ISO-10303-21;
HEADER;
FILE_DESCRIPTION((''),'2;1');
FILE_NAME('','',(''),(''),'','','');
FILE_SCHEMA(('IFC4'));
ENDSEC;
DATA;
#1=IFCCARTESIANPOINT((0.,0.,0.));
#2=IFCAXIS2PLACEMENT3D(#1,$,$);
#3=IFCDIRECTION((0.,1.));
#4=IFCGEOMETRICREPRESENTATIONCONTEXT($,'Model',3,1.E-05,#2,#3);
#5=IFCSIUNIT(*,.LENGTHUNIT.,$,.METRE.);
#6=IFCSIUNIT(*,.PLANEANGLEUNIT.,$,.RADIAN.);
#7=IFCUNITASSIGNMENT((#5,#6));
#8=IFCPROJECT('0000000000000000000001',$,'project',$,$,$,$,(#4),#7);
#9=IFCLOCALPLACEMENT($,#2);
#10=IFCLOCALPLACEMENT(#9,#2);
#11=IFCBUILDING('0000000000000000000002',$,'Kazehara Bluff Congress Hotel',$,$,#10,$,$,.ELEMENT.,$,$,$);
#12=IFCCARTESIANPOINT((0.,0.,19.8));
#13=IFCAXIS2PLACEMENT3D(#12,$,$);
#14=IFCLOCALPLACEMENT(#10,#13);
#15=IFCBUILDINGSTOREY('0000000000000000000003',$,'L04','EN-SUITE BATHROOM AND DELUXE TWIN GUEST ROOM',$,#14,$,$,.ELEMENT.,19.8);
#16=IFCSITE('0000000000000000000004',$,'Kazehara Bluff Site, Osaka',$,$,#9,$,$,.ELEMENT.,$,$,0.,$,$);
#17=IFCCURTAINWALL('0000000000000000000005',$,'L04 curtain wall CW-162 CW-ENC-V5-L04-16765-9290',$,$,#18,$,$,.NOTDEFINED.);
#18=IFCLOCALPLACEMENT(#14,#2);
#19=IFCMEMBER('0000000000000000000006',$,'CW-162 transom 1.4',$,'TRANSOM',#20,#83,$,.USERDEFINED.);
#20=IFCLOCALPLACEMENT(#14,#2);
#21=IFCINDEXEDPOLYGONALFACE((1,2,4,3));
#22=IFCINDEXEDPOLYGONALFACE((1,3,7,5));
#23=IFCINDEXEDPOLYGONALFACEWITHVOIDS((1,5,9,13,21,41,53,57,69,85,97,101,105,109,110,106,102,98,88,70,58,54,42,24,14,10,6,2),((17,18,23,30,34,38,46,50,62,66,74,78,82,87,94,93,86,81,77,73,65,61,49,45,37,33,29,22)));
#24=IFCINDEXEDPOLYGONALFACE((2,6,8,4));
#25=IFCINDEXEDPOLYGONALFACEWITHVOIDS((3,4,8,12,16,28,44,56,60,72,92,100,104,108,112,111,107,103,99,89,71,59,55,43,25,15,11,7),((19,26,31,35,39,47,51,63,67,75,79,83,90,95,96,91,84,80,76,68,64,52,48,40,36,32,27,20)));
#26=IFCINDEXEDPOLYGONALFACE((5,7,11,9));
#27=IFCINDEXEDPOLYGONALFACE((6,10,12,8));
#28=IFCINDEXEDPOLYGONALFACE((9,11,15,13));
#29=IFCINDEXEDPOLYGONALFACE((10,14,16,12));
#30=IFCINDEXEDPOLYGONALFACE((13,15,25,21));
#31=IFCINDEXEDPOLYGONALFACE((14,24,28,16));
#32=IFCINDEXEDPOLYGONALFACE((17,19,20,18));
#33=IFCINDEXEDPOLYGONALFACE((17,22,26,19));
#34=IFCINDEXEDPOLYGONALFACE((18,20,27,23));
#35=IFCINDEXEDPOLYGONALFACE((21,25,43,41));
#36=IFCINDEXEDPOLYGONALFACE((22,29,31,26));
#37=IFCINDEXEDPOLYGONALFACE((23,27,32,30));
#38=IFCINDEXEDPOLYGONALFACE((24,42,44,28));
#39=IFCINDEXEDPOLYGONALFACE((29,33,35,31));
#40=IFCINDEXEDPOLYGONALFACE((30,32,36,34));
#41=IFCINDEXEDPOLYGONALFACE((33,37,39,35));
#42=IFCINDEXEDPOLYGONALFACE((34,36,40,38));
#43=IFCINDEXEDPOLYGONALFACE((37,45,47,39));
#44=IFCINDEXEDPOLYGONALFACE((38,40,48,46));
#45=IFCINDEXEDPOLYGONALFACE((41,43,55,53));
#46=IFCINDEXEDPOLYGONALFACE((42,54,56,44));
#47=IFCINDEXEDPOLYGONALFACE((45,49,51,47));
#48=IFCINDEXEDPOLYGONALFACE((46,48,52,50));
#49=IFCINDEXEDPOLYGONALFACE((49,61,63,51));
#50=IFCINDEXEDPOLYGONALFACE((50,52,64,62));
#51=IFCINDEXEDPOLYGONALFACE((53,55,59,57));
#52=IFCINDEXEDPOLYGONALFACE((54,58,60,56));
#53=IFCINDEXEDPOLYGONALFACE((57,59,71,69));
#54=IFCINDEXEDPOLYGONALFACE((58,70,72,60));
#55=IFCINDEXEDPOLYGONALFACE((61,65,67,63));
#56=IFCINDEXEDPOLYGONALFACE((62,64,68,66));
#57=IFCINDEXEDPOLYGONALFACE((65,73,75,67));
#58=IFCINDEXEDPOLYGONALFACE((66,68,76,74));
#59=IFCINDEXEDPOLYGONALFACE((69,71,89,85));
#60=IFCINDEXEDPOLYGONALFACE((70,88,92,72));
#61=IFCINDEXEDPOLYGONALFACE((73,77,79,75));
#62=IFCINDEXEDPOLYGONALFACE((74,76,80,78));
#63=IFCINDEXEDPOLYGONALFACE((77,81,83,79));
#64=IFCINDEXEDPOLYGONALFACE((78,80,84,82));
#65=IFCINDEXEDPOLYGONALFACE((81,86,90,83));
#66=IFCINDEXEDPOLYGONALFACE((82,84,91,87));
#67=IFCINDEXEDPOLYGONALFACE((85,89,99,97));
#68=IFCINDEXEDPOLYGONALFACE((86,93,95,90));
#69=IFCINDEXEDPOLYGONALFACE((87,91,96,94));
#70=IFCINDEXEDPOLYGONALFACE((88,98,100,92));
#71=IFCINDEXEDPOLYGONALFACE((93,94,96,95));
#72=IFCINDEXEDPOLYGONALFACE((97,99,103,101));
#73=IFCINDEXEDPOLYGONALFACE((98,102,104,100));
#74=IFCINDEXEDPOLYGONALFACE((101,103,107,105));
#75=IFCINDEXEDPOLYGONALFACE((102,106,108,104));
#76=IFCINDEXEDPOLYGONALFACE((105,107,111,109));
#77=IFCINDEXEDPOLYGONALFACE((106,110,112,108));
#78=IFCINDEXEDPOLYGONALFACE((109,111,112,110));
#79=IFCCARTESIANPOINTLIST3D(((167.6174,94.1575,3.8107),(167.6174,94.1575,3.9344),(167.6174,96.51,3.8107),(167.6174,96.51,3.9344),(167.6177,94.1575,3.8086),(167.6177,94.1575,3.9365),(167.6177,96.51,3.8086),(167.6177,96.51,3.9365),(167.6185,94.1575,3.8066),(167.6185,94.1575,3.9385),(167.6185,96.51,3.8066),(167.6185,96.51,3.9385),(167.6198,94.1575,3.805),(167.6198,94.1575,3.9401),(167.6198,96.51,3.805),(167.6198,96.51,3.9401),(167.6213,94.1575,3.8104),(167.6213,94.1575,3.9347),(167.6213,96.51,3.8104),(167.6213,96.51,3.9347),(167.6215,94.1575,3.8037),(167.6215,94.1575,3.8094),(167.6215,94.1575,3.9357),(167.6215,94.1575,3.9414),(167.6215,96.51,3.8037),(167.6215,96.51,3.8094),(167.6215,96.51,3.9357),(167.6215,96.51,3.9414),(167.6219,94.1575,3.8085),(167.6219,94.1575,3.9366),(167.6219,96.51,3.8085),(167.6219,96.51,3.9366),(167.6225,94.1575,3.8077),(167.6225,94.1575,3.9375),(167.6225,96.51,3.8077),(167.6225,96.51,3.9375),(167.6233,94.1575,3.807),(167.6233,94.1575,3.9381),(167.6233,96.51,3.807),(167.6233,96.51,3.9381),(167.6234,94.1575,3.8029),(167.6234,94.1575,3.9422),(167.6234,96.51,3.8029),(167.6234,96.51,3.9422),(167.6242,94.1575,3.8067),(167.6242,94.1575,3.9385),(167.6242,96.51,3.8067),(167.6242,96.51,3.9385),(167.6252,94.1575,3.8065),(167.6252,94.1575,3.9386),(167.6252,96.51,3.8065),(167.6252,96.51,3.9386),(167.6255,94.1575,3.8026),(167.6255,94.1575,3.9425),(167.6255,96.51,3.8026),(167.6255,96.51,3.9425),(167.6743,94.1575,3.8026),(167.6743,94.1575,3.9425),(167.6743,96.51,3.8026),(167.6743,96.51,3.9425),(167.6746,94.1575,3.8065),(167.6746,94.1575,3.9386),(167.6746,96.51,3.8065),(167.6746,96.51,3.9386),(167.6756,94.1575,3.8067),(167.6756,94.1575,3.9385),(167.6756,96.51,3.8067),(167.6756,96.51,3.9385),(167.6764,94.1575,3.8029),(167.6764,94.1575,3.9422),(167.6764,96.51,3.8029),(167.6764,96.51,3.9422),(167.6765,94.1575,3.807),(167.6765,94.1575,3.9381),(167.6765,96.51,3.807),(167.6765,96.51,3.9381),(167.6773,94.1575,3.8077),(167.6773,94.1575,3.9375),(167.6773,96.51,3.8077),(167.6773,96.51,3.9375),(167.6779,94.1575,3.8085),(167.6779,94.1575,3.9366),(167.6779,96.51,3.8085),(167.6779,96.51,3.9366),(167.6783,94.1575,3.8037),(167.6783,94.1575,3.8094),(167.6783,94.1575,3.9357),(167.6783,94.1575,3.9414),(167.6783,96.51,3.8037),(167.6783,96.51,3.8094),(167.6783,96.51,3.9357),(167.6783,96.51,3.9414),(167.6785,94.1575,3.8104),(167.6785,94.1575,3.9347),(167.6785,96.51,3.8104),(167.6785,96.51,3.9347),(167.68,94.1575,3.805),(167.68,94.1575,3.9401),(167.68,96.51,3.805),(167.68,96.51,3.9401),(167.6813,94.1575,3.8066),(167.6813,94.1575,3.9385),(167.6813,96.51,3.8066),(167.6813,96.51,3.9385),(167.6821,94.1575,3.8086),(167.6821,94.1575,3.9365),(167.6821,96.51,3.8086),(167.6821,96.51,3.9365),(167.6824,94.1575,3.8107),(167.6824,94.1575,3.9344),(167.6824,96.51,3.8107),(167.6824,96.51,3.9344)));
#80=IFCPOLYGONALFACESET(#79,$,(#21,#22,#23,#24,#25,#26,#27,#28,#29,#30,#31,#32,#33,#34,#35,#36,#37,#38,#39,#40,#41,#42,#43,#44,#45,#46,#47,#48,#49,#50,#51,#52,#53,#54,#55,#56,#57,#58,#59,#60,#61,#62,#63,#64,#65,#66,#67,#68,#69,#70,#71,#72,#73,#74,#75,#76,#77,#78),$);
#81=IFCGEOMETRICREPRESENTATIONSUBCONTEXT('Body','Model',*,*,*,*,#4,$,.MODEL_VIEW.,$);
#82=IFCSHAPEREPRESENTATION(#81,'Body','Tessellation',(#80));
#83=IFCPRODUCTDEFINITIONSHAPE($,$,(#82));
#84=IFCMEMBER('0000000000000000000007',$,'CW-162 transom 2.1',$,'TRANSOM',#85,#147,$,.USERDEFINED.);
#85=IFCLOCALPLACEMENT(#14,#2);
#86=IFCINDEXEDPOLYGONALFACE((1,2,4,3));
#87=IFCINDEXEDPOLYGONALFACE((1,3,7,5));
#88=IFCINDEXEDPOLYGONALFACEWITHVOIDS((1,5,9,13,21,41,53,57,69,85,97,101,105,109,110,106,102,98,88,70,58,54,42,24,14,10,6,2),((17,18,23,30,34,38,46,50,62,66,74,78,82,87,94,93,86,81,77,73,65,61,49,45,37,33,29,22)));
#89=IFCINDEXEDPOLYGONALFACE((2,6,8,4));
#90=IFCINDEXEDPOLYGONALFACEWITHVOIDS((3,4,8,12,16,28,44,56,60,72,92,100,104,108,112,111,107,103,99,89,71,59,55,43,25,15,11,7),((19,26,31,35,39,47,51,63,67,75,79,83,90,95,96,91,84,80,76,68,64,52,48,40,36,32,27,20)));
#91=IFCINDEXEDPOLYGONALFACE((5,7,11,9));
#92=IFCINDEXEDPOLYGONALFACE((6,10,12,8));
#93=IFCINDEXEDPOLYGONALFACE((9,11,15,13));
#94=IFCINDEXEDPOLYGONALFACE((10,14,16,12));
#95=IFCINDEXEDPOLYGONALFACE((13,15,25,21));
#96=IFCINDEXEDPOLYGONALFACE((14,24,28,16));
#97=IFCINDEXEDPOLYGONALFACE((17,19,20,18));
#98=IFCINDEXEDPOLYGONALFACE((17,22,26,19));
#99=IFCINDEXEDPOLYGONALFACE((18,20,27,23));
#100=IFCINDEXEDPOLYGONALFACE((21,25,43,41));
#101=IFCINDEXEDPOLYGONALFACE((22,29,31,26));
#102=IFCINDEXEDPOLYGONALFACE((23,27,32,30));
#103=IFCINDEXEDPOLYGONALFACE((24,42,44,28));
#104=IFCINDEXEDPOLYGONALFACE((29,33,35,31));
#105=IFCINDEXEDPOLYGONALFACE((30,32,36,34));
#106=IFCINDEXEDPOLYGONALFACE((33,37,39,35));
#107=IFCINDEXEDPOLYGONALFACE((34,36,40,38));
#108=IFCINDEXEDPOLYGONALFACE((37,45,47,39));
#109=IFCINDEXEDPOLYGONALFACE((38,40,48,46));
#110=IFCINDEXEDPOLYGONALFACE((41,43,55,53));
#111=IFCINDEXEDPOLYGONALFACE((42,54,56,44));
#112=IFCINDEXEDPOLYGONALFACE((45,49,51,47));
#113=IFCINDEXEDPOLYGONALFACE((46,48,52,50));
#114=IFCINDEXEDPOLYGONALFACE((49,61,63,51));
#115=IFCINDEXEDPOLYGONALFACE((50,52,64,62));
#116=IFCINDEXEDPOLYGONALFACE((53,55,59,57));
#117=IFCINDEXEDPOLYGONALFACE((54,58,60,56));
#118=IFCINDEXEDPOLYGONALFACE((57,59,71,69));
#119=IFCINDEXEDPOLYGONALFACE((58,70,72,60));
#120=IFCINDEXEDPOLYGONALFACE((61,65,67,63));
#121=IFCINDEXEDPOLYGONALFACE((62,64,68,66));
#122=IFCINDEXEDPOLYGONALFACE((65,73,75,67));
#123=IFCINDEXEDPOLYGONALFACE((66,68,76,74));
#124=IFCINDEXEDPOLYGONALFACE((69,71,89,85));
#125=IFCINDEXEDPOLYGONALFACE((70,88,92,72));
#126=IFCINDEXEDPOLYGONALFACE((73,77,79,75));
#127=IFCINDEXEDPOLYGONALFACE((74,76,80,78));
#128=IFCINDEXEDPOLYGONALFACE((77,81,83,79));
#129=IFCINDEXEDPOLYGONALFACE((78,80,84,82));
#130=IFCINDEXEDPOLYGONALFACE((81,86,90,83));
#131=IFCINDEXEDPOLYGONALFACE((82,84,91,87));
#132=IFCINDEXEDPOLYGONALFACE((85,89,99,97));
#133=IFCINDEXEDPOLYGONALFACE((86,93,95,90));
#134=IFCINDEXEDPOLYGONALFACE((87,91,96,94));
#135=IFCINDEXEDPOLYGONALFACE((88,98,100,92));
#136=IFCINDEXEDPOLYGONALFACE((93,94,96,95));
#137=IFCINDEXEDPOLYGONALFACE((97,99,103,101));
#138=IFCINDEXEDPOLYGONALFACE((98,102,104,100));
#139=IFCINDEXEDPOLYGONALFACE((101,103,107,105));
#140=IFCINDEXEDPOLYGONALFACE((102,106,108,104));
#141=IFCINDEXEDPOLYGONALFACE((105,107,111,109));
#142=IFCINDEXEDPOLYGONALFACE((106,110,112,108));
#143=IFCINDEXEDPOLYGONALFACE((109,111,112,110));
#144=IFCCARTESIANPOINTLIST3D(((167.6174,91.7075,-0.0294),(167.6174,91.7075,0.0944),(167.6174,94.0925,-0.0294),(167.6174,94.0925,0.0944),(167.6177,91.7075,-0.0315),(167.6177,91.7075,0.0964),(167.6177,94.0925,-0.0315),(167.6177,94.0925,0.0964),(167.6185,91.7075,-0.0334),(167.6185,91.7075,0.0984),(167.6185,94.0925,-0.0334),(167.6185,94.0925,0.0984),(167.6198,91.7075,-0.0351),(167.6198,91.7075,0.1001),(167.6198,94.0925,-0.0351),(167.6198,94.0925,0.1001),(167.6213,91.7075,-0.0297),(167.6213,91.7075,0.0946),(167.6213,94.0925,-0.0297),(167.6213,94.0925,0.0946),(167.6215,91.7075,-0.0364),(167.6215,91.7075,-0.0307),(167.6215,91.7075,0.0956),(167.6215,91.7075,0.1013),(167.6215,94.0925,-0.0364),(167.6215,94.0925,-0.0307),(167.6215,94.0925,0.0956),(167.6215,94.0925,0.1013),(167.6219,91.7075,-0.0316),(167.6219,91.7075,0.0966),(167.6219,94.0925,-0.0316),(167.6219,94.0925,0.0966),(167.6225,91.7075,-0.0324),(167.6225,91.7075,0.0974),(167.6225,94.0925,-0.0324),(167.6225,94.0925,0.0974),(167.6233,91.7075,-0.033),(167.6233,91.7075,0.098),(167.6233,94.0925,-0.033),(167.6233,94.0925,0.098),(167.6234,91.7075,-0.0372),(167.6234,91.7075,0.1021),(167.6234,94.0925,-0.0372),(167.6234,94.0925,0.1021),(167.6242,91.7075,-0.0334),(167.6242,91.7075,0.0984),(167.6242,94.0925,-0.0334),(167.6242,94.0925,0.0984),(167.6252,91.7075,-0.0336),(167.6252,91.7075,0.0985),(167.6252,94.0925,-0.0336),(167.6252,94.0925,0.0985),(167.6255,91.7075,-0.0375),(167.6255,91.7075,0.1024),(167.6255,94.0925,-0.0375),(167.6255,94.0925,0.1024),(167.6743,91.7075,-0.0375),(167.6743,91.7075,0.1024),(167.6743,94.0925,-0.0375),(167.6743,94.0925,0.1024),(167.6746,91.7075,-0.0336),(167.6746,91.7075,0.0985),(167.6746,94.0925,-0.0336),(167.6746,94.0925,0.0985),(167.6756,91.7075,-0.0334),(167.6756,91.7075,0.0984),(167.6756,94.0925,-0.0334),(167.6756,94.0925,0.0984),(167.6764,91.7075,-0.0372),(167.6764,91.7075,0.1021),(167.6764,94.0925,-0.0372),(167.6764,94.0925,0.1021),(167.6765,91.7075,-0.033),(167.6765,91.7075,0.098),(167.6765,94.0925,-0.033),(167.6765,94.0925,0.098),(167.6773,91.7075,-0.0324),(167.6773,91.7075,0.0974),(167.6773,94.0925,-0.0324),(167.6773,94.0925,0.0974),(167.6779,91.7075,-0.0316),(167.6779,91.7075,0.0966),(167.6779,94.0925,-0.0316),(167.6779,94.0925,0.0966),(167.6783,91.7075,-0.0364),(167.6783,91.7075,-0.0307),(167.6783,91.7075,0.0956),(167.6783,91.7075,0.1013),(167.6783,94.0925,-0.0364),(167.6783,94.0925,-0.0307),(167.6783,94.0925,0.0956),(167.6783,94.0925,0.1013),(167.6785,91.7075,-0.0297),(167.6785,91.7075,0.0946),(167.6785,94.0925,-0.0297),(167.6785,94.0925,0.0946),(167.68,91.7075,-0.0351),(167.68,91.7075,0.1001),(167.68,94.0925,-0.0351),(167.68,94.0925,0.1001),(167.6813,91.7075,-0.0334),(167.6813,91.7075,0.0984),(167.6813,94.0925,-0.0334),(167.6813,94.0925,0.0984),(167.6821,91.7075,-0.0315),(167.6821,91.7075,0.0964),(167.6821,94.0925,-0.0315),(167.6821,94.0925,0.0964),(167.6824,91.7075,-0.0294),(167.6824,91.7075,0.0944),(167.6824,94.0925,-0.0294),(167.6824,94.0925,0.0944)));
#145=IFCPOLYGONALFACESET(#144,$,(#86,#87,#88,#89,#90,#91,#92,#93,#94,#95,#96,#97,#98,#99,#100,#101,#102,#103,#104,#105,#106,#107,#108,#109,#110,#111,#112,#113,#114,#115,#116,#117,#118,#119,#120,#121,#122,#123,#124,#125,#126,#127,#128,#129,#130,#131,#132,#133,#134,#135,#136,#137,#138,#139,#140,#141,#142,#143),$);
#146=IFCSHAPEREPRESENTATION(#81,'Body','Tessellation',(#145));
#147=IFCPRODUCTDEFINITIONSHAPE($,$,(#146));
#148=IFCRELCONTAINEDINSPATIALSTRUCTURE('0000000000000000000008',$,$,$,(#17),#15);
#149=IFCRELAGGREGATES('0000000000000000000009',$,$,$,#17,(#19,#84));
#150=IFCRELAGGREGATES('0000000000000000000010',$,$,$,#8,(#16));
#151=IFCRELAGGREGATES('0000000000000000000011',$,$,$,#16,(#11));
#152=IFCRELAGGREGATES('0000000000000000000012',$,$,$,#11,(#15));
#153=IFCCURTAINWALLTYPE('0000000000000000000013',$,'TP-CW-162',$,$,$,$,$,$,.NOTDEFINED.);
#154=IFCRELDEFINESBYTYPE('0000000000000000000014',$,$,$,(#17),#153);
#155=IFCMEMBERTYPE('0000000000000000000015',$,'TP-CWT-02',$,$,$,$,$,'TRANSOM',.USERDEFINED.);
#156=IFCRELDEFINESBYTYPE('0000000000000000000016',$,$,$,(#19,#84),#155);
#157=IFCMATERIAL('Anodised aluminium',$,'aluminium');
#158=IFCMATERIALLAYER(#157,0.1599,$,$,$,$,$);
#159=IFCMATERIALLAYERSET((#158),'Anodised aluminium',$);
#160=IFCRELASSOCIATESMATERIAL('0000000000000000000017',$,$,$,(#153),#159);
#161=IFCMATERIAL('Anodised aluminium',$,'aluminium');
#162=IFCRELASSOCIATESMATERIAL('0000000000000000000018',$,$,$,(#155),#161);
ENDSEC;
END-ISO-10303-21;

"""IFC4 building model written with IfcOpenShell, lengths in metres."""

from ifc_helpers import new_model, si_unit, direction, frame, origin, origin_2d, place, context, subcontext, project, spatial, hollow_rectangle, extrude, material, layer, layer_set, material_profile, profile_set, type_object, element, aggregate, save


model = new_model("IFC4")

# Units and contexts
model_context = context("Model", 3, precision=1e-05, world=origin(), true_north=direction((0.0, 1.0)))
body_context = subcontext(model_context, "Body", "Model", "MODEL_VIEW")
ifc_project = project(units=[si_unit("LENGTHUNIT", "METRE"), si_unit("PLANEANGLEUNIT", "RADIAN")], contexts=[model_context])

# Site, building, storey
site_placement = place(None, origin())
site = spatial("IfcSite", under=ifc_project, at=site_placement, Name="Kazehara Bluff Site, Osaka", CompositionType="ELEMENT", RefElevation=0.0)
building_placement = place(site_placement, origin())
building = spatial("IfcBuilding", under=site, at=building_placement, Name="Kazehara Bluff Congress Hotel", CompositionType="ELEMENT")
storey_placement = place(building_placement, frame((0.0, 0.0, 19.8)))
storey = spatial("IfcBuildingStorey", under=building, at=storey_placement, Name="L04", Description="EN-SUITE BATHROOM AND DELUXE TWIN GUEST ROOM", CompositionType="ELEMENT", Elevation=19.8)

# Curtain wall
ifc_material_1 = material(Name="Anodised aluminium", Category="aluminium")
ifc_layer_1 = layer(ifc_material_1, 0.1599)
ifc_layer_set_1 = layer_set([ifc_layer_1], Name="Anodised aluminium")
curtain_wall_type_1 = type_object("IfcCurtainWallType", Name="TP-CW-162", PredefinedType="NOTDEFINED", material=ifc_layer_set_1)
curtain_wall_1_placement = place(storey_placement, origin())
curtain_wall_1 = element("IfcCurtainWall", 1, at=curtain_wall_1_placement, inside=storey, type_object=curtain_wall_type_1, Name="L04 curtain wall CW-162 CW-ENC-V5-L04-16765-9290", PredefinedType="NOTDEFINED")

# Members
ifc_material_2 = material(Name="Anodised aluminium", Category="aluminium")
ifc_material_profile_1 = material_profile(ifc_material_2, hollow_rectangle(XDim=0.0649, YDim=0.1399, WallThickness=0.0039, InnerFilletRadius=0.0039, OuterFilletRadius=0.0081, at=origin_2d()))
ifc_profile_set_1 = profile_set([ifc_material_profile_1], Name="Anodised aluminium")
member_type_1 = type_object("IfcMemberType", Name="TP-CWT-02", ElementType="TRANSOM", PredefinedType="USERDEFINED", material=ifc_profile_set_1)
member_1_placement = place(storey_placement, frame((167.6499, 96.51, 3.8726), z_axis=(0.0, -1.0, 0.0), x_axis=(1.0, 0.0, 0.0)))
member_1 = element("IfcMember", 2, at=member_1_placement, type_object=member_type_1, Name="CW-162 transom 1.4", ObjectType="TRANSOM", PredefinedType="USERDEFINED", context=body_context, shape_type="SweptSolid", body=[
    extrude(hollow_rectangle(XDim=0.0649, YDim=0.1399, WallThickness=0.0039, InnerFilletRadius=0.0039, OuterFilletRadius=0.0081, at=origin_2d()), origin(), (0.0, 0.0, 1.0), 2.3525),
])
member_2_placement = place(storey_placement, frame((167.6499, 94.0925, 0.0325), z_axis=(0.0, -1.0, 0.0), x_axis=(1.0, 0.0, 0.0)))
member_2 = element("IfcMember", 3, at=member_2_placement, type_object=member_type_1, Name="CW-162 transom 2.1", ObjectType="TRANSOM", PredefinedType="USERDEFINED", context=body_context, shape_type="SweptSolid", body=[
    extrude(hollow_rectangle(XDim=0.0649, YDim=0.1399, WallThickness=0.0039, InnerFilletRadius=0.0039, OuterFilletRadius=0.0081, at=origin_2d()), origin(), (0.0, 0.0, 1.0), 2.385),
])

aggregate(curtain_wall_1, [member_1, member_2])

save(model, "model.ifc")
